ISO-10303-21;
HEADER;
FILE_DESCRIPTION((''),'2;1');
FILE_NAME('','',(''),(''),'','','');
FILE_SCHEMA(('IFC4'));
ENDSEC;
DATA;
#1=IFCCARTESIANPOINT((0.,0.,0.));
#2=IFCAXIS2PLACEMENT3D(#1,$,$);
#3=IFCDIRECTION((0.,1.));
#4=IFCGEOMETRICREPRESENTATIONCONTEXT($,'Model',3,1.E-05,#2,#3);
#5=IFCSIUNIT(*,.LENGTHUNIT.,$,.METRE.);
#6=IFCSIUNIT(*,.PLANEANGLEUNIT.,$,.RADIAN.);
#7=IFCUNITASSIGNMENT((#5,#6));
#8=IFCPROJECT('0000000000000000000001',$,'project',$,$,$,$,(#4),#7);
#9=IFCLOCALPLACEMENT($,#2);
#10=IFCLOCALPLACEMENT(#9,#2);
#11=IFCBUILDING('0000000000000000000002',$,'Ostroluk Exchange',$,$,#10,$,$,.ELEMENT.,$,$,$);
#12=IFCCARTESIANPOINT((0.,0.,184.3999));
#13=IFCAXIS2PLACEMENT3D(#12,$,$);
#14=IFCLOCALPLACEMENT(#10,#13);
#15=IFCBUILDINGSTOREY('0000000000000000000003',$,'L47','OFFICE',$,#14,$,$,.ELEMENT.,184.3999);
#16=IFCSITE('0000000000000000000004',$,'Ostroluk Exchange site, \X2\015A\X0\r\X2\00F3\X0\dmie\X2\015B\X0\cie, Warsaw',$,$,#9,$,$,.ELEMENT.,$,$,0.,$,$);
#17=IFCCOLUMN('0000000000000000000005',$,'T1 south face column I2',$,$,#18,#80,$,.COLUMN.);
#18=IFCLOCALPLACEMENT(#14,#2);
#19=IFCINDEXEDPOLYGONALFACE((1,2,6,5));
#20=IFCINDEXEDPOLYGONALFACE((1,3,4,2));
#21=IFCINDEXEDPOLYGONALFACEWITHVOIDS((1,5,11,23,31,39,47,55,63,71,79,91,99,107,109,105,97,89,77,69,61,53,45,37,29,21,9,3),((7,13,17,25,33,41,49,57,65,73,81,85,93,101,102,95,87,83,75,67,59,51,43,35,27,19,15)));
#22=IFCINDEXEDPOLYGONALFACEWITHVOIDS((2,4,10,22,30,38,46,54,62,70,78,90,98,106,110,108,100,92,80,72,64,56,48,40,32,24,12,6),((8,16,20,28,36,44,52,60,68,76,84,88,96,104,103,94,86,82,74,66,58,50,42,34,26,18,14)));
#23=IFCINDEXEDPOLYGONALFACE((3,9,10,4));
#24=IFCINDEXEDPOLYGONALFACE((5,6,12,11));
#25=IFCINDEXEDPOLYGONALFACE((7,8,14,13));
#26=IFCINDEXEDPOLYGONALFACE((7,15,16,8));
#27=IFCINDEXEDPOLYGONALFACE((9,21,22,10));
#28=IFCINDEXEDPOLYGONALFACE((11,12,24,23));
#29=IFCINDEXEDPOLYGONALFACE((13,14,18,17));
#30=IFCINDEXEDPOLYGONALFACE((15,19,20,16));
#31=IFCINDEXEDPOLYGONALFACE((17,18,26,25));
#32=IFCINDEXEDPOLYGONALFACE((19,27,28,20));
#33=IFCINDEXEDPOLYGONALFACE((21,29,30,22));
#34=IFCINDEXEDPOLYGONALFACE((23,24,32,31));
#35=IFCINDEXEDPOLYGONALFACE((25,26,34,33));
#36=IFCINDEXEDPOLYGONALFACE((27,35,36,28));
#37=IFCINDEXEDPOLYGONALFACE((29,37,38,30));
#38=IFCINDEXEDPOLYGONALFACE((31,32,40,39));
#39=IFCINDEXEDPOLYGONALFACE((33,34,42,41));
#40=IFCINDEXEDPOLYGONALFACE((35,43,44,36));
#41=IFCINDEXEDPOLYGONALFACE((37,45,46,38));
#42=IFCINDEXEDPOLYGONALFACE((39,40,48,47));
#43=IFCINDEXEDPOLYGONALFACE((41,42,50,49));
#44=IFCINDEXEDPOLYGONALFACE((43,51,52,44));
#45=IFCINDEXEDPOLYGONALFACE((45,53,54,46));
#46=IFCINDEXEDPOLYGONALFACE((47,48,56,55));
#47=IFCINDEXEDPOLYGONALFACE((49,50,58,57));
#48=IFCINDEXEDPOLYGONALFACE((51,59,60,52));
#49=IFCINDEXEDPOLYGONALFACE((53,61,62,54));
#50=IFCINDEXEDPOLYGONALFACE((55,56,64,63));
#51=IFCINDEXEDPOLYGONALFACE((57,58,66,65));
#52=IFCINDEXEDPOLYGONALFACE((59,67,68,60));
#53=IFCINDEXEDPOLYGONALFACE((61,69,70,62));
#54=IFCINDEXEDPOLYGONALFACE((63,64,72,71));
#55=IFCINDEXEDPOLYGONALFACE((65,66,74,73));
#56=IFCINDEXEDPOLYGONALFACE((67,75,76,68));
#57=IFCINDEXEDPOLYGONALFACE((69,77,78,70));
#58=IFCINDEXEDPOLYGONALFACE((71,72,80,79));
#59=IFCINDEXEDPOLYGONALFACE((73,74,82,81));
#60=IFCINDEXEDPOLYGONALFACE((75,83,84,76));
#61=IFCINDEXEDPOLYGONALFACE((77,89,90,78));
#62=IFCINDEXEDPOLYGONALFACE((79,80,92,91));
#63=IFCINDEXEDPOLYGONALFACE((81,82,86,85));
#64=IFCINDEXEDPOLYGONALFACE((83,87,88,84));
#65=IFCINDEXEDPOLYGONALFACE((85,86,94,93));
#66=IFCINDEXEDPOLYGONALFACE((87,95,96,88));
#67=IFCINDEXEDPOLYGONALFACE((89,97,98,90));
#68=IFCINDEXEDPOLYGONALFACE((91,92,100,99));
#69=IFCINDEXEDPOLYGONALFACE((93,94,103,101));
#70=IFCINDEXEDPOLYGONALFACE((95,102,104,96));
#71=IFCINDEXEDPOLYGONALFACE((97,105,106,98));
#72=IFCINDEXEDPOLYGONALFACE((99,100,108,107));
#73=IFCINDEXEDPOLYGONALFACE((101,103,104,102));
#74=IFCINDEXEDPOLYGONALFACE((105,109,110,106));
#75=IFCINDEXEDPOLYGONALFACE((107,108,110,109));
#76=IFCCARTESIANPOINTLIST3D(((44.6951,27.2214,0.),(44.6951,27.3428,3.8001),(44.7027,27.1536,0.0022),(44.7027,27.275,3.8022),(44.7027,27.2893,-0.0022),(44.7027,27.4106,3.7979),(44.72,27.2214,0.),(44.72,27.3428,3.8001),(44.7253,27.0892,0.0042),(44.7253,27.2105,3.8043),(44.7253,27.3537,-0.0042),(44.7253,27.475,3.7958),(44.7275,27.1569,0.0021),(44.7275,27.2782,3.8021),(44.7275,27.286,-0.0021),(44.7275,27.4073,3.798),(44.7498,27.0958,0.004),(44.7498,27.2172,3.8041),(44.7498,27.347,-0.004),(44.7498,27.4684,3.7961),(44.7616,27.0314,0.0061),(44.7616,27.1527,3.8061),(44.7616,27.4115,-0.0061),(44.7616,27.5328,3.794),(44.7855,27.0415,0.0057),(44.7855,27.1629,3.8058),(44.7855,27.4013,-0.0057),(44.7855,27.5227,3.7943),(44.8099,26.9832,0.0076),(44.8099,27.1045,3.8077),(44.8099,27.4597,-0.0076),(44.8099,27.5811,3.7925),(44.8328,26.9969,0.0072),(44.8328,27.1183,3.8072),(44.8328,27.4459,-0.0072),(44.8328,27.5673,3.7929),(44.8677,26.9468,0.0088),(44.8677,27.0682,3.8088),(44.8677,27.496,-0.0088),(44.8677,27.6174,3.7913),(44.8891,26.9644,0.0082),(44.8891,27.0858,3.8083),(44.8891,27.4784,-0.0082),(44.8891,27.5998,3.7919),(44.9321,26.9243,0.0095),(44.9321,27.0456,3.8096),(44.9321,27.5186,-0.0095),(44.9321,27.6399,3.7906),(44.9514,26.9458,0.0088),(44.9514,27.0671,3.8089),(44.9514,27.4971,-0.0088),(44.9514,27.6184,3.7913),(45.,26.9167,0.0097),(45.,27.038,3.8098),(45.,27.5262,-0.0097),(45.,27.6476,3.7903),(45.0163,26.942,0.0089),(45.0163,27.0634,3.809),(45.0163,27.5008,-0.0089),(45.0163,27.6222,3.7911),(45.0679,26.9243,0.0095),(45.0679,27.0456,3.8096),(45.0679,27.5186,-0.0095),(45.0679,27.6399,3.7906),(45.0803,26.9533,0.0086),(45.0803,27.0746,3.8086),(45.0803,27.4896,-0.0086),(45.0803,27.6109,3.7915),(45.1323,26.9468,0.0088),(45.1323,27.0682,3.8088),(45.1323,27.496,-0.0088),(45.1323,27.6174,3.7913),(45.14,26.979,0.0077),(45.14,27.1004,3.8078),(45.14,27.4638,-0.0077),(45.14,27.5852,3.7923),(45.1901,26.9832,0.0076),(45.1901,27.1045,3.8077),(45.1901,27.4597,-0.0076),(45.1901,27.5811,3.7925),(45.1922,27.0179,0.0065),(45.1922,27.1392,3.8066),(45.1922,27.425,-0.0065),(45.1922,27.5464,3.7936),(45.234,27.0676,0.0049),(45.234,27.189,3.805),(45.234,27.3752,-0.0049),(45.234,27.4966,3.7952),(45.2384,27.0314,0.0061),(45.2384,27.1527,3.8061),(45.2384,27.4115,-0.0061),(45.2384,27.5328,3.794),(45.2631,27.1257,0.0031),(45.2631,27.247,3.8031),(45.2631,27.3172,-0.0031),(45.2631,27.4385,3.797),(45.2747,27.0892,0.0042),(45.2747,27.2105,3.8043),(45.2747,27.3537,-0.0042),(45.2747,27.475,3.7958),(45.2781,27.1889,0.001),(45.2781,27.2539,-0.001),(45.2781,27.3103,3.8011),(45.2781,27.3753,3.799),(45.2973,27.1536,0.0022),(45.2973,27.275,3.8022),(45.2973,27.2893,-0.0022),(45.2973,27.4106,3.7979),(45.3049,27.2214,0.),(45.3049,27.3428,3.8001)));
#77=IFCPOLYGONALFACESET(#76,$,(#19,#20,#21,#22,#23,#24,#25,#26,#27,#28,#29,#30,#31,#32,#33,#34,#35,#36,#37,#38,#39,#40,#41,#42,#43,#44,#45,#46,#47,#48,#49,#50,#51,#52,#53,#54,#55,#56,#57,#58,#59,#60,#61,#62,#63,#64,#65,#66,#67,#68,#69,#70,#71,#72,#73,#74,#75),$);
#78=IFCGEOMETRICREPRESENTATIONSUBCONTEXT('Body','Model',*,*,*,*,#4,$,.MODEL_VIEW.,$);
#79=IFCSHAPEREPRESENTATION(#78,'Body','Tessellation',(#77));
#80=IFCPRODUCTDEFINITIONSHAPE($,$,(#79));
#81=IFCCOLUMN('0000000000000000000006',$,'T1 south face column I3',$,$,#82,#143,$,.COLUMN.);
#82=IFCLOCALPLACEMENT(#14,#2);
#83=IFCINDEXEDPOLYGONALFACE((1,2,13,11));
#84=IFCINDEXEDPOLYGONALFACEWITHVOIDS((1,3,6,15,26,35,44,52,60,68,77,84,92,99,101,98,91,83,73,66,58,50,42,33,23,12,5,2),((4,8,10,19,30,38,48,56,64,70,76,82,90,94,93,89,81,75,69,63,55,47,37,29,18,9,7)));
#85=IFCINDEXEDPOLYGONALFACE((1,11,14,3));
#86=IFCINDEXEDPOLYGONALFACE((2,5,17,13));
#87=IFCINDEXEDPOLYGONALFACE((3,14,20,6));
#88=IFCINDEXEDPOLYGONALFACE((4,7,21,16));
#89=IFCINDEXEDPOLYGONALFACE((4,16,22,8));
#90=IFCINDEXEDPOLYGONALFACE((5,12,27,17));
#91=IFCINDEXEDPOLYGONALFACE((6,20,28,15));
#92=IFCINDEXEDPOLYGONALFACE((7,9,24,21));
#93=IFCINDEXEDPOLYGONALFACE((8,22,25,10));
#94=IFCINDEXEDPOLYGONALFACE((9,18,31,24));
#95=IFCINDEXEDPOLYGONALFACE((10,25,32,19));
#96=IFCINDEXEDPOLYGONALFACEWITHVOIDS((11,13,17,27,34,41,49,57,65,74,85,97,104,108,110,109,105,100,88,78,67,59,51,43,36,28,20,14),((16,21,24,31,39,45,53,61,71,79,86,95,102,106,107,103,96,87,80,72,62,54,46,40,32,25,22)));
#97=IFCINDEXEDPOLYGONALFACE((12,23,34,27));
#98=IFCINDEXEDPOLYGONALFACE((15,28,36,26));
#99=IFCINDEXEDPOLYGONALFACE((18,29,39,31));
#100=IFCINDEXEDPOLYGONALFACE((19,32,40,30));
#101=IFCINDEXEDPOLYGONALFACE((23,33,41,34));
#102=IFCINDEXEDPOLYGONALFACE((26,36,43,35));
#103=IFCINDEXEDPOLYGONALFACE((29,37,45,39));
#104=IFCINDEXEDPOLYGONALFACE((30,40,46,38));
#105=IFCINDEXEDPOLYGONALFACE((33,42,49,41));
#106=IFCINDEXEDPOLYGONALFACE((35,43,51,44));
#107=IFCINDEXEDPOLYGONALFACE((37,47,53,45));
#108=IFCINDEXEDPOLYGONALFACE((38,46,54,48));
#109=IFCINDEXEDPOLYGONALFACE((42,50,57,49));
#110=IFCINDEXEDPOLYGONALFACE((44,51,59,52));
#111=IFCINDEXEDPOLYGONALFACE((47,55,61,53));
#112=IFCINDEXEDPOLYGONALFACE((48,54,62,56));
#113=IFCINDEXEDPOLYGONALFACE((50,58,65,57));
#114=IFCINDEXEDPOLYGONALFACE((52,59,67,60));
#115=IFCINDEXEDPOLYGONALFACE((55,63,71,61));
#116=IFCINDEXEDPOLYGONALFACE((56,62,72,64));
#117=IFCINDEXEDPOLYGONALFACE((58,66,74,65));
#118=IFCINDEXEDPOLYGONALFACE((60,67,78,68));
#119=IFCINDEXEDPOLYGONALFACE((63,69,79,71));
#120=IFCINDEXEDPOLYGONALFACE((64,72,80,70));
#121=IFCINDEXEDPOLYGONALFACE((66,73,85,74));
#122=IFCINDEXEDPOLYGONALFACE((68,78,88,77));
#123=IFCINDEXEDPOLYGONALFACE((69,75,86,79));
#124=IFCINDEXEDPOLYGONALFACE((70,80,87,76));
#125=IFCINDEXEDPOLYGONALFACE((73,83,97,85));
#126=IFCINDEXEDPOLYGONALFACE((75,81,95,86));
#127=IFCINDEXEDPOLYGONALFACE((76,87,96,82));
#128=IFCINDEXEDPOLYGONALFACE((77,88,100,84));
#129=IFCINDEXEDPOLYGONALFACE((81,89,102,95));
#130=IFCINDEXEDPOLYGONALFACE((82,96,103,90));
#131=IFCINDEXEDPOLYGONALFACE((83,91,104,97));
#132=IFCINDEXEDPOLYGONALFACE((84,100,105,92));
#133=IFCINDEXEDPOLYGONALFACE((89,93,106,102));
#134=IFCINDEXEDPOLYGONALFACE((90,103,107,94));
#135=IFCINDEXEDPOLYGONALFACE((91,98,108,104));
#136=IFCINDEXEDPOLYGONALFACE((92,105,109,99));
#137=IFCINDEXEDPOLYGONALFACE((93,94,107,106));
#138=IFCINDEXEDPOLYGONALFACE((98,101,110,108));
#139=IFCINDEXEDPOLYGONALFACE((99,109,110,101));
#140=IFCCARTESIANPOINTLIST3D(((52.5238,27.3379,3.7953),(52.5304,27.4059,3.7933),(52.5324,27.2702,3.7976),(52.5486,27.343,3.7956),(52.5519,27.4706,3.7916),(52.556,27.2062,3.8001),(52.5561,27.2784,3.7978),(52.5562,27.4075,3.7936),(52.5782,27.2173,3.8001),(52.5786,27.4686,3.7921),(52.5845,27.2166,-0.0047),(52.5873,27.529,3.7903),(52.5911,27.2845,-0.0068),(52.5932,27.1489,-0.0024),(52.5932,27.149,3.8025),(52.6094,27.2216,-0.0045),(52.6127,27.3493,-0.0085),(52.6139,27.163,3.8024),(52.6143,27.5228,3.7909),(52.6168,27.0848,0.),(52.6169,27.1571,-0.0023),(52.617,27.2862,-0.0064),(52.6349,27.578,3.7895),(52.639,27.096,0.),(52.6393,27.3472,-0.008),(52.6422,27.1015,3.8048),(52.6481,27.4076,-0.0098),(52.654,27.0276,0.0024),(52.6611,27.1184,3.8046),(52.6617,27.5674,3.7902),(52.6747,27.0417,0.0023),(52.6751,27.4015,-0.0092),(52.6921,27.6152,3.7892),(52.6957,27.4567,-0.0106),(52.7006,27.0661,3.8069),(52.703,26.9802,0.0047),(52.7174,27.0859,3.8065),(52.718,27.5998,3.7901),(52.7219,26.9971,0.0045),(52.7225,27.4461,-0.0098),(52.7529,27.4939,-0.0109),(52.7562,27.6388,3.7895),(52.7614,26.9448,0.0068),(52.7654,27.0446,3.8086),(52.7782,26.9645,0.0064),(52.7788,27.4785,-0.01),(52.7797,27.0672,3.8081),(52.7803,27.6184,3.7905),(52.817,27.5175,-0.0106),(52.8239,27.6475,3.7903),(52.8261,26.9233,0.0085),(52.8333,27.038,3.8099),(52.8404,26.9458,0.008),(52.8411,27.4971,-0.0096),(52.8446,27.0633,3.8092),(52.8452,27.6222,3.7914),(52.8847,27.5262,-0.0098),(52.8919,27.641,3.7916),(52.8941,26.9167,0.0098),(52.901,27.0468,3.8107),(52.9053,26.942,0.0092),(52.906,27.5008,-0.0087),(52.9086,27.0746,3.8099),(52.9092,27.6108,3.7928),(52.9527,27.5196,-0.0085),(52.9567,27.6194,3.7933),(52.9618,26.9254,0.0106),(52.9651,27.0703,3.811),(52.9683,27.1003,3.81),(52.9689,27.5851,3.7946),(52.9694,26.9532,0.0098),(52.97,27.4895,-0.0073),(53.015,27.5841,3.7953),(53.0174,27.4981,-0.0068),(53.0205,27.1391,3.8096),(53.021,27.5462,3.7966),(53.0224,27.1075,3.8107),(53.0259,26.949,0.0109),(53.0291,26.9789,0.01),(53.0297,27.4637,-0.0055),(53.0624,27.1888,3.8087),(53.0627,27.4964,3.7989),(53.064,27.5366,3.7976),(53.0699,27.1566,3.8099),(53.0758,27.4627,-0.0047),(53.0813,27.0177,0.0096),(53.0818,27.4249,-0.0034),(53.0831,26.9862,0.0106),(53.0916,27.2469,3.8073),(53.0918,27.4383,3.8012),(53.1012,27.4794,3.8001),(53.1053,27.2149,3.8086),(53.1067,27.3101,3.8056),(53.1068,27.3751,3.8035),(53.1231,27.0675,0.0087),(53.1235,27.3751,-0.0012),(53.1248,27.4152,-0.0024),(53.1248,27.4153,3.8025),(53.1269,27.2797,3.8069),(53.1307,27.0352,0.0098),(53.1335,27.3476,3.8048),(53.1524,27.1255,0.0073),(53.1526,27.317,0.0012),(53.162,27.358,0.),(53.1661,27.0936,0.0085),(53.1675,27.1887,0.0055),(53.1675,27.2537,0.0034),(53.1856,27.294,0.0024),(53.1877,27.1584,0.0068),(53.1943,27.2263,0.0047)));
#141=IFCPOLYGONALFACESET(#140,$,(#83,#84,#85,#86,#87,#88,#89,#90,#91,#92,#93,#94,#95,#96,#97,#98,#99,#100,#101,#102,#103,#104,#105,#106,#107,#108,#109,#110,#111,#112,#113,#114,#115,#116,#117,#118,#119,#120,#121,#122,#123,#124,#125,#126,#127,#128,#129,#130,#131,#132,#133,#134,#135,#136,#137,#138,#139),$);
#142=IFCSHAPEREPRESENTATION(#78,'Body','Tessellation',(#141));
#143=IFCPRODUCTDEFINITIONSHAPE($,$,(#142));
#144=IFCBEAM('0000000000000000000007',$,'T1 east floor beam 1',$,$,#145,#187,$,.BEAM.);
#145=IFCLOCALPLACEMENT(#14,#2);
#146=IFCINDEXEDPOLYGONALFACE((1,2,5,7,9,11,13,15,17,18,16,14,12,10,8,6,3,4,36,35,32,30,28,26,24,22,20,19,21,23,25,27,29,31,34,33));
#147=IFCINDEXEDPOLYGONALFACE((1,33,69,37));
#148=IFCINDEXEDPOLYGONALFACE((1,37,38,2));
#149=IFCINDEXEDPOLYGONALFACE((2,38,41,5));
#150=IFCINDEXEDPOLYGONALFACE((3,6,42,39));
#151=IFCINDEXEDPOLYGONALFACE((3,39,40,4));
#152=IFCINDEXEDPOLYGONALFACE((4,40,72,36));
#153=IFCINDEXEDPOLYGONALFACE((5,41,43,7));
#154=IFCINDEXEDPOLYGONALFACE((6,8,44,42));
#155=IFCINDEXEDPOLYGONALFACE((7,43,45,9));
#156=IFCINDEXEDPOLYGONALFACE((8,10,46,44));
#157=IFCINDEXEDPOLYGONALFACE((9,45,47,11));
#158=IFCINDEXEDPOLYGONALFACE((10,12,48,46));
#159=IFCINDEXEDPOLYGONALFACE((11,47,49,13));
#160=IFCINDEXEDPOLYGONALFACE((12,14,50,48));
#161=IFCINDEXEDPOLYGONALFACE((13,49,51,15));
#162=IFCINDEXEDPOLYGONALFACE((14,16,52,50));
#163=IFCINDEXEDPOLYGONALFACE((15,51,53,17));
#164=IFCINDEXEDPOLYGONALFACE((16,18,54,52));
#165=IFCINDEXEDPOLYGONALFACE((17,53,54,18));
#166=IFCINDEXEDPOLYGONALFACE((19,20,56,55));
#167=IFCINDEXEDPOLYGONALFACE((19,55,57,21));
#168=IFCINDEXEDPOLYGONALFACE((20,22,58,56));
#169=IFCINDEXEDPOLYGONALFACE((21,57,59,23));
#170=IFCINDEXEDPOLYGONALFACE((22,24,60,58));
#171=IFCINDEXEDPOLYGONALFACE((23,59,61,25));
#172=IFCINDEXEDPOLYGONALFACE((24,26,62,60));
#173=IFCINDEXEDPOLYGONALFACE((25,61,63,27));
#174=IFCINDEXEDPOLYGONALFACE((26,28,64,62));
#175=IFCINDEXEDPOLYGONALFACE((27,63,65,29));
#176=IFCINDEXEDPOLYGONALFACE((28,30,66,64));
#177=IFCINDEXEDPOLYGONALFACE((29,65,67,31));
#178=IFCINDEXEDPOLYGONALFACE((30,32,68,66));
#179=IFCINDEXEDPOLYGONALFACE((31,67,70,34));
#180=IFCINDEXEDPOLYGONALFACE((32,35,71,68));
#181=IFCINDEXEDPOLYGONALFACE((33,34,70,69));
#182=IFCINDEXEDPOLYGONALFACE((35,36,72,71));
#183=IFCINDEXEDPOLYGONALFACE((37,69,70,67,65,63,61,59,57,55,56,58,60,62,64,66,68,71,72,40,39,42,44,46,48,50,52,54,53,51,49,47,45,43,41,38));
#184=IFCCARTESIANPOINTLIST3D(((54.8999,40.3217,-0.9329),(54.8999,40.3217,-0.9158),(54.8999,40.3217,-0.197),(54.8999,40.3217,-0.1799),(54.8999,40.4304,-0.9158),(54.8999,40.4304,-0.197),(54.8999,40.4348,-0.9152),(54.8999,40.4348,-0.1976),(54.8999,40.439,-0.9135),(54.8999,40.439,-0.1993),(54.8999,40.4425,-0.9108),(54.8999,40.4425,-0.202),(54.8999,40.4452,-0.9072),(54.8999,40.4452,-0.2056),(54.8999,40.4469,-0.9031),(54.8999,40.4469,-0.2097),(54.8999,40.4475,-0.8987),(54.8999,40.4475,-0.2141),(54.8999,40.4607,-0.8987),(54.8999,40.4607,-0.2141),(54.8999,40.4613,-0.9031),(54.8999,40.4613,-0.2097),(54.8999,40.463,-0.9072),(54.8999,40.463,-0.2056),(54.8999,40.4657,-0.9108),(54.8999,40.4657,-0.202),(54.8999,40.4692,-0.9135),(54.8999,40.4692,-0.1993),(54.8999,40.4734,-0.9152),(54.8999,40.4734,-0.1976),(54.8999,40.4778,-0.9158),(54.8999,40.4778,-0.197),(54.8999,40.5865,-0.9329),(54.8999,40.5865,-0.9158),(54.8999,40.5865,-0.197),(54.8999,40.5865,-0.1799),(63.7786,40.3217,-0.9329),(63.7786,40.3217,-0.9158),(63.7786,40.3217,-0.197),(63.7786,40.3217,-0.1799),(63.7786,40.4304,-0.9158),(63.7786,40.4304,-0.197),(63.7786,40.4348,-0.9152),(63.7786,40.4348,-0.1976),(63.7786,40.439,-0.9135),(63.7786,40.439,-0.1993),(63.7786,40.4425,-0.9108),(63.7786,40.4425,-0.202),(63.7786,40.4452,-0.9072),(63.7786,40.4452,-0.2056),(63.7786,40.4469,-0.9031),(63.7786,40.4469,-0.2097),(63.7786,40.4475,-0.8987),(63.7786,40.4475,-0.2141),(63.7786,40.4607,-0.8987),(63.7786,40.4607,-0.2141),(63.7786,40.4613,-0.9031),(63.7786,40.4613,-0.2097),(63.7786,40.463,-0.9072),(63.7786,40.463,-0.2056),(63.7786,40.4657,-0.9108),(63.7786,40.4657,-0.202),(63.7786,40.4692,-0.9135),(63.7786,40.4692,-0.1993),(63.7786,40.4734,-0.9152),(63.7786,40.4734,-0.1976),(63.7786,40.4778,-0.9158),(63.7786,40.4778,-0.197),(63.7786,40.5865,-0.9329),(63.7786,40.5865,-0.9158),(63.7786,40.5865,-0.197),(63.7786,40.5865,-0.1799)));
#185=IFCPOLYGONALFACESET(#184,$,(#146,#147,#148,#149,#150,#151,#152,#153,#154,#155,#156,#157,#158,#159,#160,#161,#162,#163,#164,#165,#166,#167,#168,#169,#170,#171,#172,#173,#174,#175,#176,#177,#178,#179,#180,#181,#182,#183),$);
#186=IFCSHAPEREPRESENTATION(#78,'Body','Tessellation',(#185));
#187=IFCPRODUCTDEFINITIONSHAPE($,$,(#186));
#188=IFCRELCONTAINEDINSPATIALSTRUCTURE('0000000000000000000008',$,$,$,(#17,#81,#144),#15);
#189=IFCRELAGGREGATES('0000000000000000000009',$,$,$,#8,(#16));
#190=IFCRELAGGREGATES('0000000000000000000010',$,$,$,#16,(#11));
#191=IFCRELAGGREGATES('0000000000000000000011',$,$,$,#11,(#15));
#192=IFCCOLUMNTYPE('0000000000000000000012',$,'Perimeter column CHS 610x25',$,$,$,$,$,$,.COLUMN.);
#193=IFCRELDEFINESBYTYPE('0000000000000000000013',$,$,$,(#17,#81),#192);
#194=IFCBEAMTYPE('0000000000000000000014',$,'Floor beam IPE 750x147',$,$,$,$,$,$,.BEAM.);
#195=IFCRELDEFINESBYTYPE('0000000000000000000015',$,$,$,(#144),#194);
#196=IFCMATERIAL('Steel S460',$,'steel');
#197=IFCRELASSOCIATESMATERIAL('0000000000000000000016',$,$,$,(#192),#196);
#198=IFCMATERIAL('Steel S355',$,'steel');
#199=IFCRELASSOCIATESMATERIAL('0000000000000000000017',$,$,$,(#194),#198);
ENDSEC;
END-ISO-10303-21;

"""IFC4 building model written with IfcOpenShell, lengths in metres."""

from ifc_helpers import new_model, si_unit, direction, frame, origin, origin_2d, place, context, subcontext, project, spatial, hollow_circle, i_section, extrude, material, material_profile, profile_set, type_object, element, save


model = new_model("IFC4")

# Units and contexts
model_context = context("Model", 3, precision=1e-05, world=origin(), true_north=direction((0.0, 1.0)))
body_context = subcontext(model_context, "Body", "Model", "MODEL_VIEW")
ifc_project = project(units=[si_unit("LENGTHUNIT", "METRE"), si_unit("PLANEANGLEUNIT", "RADIAN")], contexts=[model_context])

# Site, building, storey
site_placement = place(None, origin())
site = spatial("IfcSite", under=ifc_project, at=site_placement, Name="Ostroluk Exchange site, Śródmieście, Warsaw", CompositionType="ELEMENT", RefElevation=0.0)
building_placement = place(site_placement, origin())
building = spatial("IfcBuilding", under=site, at=building_placement, Name="Ostroluk Exchange", CompositionType="ELEMENT")
storey_placement = place(building_placement, frame((0.0, 0.0, 184.3999)))
storey = spatial("IfcBuildingStorey", under=building, at=storey_placement, Name="L47", Description="OFFICE", CompositionType="ELEMENT", Elevation=184.3999)

# Columns
ifc_material_1 = material(Name="Steel S460", Category="steel")
ifc_material_profile_1 = material_profile(ifc_material_1, hollow_circle(Radius=0.3049, WallThickness=0.0249, at=origin_2d()), Name="CHS 610x25")
ifc_profile_set_1 = profile_set([ifc_material_profile_1], Name="Steel S460")
column_type = type_object("IfcColumnType", Name="Perimeter column CHS 610x25", PredefinedType="COLUMN", material=ifc_profile_set_1)
column_1_placement = place(storey_placement, frame((45.0, 27.2214, 0.0), z_axis=(0.0, 0.031914, 0.999491), x_axis=(-1.0, 0.0, 0.0)))
element("IfcColumn", 1, at=column_1_placement, inside=storey, type_object=column_type, Name="T1 south face column I2", PredefinedType="COLUMN", context=body_context, shape_type="SweptSolid", body=[
    extrude(hollow_circle(Radius=0.3049, WallThickness=0.0249, at=origin_2d()), origin(), (0.0, 0.0, 1.0), 3.802),
])
column_2_placement = place(storey_placement, frame((52.8894, 27.2214, 0.0), z_axis=(-0.015987, 0.03191, 0.999363), x_axis=(-0.894067, -0.447933, 0.0)))
element("IfcColumn", 2, at=column_2_placement, inside=storey, type_object=column_type, Name="T1 south face column I3", PredefinedType="COLUMN", context=body_context, shape_type="SweptSolid", body=[
    extrude(hollow_circle(Radius=0.3049, WallThickness=0.0249, at=origin_2d()), origin(), (0.0, 0.0, 1.0), 3.8025),
])

# Beam
ifc_material_2 = material(Name="Steel S355", Category="steel")
ifc_material_profile_2 = material_profile(ifc_material_2, i_section(OverallWidth=0.2649, OverallDepth=0.7529, WebThickness=0.0132, FlangeThickness=0.0171, FilletRadius=0.0171, at=origin_2d()), Name="IPE 750x147")
ifc_profile_set_2 = profile_set([ifc_material_profile_2], Name="Steel S355")
beam_type_1 = type_object("IfcBeamType", Name="Floor beam IPE 750x147", PredefinedType="BEAM", material=ifc_profile_set_2)
for number, where, z_axis, x_axis, name in (
    (3, (54.8999, 40.4541, -0.5564), (1.0, 0.0, 0.0), (0.0, 1.0, 0.0), "T1 east floor beam 1"),
):
    element("IfcBeam", number, at=place(storey_placement, frame(where, z_axis=z_axis, x_axis=x_axis)), inside=storey, type_object=beam_type_1, Name=name, PredefinedType="BEAM", context=body_context, shape_type="SweptSolid", body=[
        extrude(i_section(OverallWidth=0.2649, OverallDepth=0.7529, WebThickness=0.0132, FlangeThickness=0.0171, FilletRadius=0.0171, at=origin_2d()), origin(), (0.0, 0.0, 1.0), 8.8787),
    ])

save(model, "model.ifc")
